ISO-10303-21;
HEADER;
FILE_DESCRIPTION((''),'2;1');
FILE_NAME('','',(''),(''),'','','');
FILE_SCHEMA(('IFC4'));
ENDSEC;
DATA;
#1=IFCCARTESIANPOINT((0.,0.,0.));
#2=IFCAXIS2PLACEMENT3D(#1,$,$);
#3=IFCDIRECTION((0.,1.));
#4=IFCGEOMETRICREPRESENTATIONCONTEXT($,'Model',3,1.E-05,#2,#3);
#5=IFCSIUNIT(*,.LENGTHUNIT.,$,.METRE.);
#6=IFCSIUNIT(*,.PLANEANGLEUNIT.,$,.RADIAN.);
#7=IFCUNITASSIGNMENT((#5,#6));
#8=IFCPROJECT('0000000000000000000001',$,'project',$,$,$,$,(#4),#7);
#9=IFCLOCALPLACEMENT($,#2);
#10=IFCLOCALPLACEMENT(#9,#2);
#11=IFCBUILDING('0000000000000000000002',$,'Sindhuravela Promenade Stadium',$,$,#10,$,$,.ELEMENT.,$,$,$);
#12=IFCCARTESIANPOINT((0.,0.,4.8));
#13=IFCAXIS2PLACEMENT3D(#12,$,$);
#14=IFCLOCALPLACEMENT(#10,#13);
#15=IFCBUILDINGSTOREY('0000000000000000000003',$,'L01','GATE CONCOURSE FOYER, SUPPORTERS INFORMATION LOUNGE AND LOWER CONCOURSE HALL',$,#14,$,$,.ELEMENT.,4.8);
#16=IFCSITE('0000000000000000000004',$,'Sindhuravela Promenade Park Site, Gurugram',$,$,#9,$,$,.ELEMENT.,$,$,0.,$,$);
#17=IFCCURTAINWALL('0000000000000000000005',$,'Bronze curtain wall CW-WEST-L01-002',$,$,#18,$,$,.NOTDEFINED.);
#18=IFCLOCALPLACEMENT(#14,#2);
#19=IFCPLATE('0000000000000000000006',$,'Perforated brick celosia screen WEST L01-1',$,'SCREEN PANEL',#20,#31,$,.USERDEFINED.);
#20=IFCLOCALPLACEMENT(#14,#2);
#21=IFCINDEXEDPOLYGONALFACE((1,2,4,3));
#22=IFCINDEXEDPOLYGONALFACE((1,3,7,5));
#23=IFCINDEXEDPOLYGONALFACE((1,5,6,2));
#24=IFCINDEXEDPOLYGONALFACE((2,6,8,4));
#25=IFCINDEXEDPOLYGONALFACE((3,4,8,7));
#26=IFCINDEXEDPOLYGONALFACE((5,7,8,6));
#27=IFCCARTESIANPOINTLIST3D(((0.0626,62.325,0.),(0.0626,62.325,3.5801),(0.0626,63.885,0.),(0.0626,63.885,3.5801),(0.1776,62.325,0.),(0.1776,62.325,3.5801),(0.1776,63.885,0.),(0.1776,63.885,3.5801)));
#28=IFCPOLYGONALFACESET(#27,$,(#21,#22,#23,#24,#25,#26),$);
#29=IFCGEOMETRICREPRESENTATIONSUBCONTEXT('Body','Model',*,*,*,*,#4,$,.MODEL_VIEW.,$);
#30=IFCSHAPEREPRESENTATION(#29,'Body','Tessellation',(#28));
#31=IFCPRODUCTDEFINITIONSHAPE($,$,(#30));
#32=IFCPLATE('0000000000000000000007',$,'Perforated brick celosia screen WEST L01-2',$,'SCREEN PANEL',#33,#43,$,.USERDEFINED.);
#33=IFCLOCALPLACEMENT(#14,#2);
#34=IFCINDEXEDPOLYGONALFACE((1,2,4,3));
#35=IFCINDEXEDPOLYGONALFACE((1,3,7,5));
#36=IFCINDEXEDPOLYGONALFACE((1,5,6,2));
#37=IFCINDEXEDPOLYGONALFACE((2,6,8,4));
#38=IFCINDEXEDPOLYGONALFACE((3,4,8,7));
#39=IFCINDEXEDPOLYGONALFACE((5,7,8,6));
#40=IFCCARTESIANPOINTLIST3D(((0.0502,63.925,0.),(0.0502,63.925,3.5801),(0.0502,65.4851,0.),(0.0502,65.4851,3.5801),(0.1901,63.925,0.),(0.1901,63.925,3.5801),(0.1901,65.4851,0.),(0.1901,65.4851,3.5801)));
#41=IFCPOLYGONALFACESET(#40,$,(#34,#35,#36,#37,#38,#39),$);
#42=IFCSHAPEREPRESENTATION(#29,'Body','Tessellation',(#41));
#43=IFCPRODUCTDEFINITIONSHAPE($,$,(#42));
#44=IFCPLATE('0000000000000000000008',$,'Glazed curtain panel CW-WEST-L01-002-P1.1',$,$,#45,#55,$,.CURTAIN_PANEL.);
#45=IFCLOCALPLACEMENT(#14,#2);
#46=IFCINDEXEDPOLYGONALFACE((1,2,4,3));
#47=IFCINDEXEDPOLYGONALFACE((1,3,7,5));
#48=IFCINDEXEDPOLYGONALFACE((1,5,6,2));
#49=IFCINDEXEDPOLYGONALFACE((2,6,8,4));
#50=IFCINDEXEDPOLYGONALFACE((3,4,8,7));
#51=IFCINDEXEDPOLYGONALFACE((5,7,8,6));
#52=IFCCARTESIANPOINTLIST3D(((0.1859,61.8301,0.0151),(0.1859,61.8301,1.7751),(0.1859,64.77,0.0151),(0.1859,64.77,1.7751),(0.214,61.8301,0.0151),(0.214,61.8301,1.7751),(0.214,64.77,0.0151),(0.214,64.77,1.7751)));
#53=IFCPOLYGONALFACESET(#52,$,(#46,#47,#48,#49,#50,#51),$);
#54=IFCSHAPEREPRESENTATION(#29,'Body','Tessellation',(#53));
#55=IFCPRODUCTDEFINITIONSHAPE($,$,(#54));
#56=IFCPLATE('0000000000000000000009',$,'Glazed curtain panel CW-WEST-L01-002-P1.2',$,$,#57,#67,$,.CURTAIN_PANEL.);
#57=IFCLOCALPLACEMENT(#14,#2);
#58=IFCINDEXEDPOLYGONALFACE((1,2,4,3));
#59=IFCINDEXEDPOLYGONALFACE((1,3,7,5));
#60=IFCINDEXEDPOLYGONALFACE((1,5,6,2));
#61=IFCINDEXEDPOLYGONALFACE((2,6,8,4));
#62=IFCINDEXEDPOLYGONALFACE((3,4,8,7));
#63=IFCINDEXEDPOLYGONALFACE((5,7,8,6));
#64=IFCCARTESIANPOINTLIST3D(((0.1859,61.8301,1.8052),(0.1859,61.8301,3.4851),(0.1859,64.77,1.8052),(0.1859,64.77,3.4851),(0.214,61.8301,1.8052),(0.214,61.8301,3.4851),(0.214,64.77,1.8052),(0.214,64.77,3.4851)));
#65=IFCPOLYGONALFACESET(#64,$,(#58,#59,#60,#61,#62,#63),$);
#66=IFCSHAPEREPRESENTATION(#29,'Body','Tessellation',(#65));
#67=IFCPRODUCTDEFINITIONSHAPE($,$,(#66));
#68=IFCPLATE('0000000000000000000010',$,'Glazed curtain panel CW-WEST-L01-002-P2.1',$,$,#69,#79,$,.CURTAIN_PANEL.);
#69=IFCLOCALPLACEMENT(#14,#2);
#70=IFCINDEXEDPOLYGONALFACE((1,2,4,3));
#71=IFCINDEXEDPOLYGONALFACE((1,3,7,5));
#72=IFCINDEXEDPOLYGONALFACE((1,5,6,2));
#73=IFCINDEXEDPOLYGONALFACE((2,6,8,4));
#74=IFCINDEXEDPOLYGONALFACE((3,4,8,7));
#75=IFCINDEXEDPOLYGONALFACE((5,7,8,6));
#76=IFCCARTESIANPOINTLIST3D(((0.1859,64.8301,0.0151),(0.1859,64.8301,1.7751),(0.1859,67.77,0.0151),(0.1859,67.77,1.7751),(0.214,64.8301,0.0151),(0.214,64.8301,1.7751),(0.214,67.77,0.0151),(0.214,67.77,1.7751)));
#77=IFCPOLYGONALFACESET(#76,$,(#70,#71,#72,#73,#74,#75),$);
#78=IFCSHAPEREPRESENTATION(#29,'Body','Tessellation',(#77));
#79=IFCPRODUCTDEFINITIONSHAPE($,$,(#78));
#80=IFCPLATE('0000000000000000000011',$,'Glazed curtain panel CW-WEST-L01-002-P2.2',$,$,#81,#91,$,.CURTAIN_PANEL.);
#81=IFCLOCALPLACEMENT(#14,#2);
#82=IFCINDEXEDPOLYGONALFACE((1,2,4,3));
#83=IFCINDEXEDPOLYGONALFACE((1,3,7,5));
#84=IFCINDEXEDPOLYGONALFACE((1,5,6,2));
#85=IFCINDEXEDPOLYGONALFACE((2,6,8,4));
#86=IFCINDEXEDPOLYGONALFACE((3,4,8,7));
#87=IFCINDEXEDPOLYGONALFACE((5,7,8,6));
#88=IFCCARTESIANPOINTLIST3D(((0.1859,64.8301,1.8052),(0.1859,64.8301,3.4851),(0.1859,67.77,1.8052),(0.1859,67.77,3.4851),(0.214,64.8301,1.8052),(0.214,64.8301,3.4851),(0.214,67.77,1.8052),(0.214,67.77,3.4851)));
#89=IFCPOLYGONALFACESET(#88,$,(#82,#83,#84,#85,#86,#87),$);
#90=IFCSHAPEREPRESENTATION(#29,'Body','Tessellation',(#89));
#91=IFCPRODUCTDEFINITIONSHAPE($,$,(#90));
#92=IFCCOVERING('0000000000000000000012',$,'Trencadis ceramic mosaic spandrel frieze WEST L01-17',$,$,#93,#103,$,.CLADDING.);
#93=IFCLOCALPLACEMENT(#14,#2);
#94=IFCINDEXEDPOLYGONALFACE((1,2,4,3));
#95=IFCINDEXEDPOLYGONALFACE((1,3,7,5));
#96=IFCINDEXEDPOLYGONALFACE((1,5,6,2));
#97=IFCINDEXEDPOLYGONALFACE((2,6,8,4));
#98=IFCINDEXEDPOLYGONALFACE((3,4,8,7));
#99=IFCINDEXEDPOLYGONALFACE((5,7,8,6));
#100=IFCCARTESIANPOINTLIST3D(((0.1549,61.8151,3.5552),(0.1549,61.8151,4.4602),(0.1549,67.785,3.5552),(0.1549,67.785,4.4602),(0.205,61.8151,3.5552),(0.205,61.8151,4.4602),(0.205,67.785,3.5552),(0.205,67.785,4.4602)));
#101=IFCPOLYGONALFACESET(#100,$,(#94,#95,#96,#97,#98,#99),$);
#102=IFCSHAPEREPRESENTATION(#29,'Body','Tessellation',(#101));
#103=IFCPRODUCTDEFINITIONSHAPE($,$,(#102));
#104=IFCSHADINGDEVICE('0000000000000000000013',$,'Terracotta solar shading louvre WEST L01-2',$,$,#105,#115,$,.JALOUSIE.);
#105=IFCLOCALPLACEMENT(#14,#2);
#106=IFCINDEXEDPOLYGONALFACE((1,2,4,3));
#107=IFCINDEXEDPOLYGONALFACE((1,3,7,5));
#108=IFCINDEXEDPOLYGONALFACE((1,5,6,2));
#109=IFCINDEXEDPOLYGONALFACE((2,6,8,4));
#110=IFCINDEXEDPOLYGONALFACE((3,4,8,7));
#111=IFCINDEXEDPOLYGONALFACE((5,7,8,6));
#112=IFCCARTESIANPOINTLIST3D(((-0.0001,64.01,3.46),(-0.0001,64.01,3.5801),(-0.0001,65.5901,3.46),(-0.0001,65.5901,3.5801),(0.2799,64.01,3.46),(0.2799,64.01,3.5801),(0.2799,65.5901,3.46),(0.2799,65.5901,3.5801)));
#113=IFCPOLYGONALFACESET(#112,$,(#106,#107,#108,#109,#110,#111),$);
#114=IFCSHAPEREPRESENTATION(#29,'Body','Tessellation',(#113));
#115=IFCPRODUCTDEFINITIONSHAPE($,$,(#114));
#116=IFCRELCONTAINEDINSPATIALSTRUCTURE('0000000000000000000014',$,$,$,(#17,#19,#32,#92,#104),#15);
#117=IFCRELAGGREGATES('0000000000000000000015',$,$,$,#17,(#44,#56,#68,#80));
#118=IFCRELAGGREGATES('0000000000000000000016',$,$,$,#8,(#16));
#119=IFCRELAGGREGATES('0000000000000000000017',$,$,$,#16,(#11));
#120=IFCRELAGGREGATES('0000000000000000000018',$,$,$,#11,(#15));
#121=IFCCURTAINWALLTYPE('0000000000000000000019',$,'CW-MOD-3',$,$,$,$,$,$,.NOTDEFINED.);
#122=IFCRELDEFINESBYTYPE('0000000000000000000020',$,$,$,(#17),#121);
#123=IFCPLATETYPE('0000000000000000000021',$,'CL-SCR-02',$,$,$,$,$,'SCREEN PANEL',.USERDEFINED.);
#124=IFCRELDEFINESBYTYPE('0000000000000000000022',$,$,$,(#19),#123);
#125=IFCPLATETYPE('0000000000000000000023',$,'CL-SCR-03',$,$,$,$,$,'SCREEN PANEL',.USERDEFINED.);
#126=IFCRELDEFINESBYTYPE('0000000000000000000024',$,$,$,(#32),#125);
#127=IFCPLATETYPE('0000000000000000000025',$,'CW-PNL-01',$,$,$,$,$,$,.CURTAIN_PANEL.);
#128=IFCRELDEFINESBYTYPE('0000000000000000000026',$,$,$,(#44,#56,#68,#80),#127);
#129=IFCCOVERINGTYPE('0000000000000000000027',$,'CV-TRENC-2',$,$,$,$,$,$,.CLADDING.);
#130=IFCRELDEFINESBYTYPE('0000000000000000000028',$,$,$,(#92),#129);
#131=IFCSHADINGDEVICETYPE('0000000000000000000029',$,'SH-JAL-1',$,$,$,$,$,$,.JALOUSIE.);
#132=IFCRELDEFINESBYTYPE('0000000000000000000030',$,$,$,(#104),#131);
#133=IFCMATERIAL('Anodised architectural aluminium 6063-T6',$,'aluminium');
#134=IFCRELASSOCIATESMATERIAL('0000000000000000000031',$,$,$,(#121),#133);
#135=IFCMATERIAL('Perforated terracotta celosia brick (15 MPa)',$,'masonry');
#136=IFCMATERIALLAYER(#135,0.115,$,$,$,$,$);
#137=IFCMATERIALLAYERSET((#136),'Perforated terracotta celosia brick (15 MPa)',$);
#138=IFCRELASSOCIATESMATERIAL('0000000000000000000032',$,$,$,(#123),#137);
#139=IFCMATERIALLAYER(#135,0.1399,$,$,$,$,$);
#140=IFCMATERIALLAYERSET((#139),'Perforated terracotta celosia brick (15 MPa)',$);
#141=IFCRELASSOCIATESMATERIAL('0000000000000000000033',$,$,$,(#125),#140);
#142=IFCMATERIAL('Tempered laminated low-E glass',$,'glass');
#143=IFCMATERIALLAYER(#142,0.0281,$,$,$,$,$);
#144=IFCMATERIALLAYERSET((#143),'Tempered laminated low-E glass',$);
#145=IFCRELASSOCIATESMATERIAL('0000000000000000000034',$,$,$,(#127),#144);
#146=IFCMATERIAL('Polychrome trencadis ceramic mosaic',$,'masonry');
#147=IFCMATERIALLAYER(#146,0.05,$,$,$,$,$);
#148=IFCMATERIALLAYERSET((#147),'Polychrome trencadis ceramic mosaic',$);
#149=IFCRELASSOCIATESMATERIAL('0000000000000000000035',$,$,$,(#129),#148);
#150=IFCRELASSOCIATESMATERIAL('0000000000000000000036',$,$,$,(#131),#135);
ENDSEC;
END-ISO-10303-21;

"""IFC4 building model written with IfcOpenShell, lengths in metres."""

from ifc_helpers import new_model, si_unit, direction, frame, origin, origin_2d, place, context, subcontext, project, spatial, rectangle, extrude, material, layer, layer_set, type_object, element, aggregate, save


model = new_model("IFC4")

# Units and contexts
model_context = context("Model", 3, precision=1e-05, world=origin(), true_north=direction((0.0, 1.0)))
body_context = subcontext(model_context, "Body", "Model", "MODEL_VIEW")
ifc_project = project(units=[si_unit("LENGTHUNIT", "METRE"), si_unit("PLANEANGLEUNIT", "RADIAN")], contexts=[model_context])

# Site, building, storey
site_placement = place(None, origin())
site = spatial("IfcSite", under=ifc_project, at=site_placement, Name="Sindhuravela Promenade Park Site, Gurugram", CompositionType="ELEMENT", RefElevation=0.0)
building_placement = place(site_placement, origin())
building = spatial("IfcBuilding", under=site, at=building_placement, Name="Sindhuravela Promenade Stadium", CompositionType="ELEMENT")
storey_placement = place(building_placement, frame((0.0, 0.0, 4.8)))
storey = spatial("IfcBuildingStorey", under=building, at=storey_placement, Name="L01", Description="GATE CONCOURSE FOYER, SUPPORTERS INFORMATION LOUNGE AND LOWER CONCOURSE HALL", CompositionType="ELEMENT", Elevation=4.8)

# Curtain wall
ifc_material_1 = material(Name="Anodised architectural aluminium 6063-T6", Category="aluminium")
curtain_wall_type = type_object("IfcCurtainWallType", Name="CW-MOD-3", PredefinedType="NOTDEFINED", material=ifc_material_1)
curtain_wall_placement = place(storey_placement, origin())
curtain_wall = element("IfcCurtainWall", 1, at=curtain_wall_placement, inside=storey, type_object=curtain_wall_type, Name="Bronze curtain wall CW-WEST-L01-002", PredefinedType="NOTDEFINED")

# Plates
ifc_material_2 = material(Name="Perforated terracotta celosia brick (15 MPa)", Category="masonry")
ifc_layer_1 = layer(ifc_material_2, 0.115)
ifc_layer_set_1 = layer_set([ifc_layer_1], Name="Perforated terracotta celosia brick (15 MPa)")
plate_type_1 = type_object("IfcPlateType", Name="CL-SCR-02", ElementType="SCREEN PANEL", PredefinedType="USERDEFINED", material=ifc_layer_set_1)
plate_1_placement = place(storey_placement, frame((0.1201, 63.105, 0.0), z_axis=(0.0, 0.0, 1.0), x_axis=(0.0, 1.0, 0.0)))
element("IfcPlate", 2, at=plate_1_placement, inside=storey, type_object=plate_type_1, Name="Perforated brick celosia screen WEST L01-1", ObjectType="SCREEN PANEL", PredefinedType="USERDEFINED", context=body_context, shape_type="SweptSolid", body=[
    extrude(rectangle(XDim=1.5601, YDim=0.115, at=origin_2d()), origin(), (0.0, 0.0, 1.0), 3.5801),
])
ifc_layer_2 = layer(ifc_material_2, 0.1399)
ifc_layer_set_2 = layer_set([ifc_layer_2], Name="Perforated terracotta celosia brick (15 MPa)")
plate_type_2 = type_object("IfcPlateType", Name="CL-SCR-03", ElementType="SCREEN PANEL", PredefinedType="USERDEFINED", material=ifc_layer_set_2)
plate_2_placement = place(storey_placement, frame((0.1201, 64.7051, 0.0), z_axis=(0.0, 0.0, 1.0), x_axis=(0.0, 1.0, 0.0)))
element("IfcPlate", 3, at=plate_2_placement, inside=storey, type_object=plate_type_2, Name="Perforated brick celosia screen WEST L01-2", ObjectType="SCREEN PANEL", PredefinedType="USERDEFINED", context=body_context, shape_type="SweptSolid", body=[
    extrude(rectangle(XDim=1.5601, YDim=0.1399, at=origin_2d()), origin(), (0.0, 0.0, 1.0), 3.5801),
])

# Plates
ifc_material_3 = material(Name="Tempered laminated low-E glass", Category="glass")
ifc_layer_3 = layer(ifc_material_3, 0.0281)
ifc_layer_set_3 = layer_set([ifc_layer_3], Name="Tempered laminated low-E glass")
plate_type_3 = type_object("IfcPlateType", Name="CW-PNL-01", PredefinedType="CURTAIN_PANEL", material=ifc_layer_set_3)
plate_3_placement = place(storey_placement, frame((0.2, 63.3, 0.0151), z_axis=(0.0, 0.0, 1.0), x_axis=(0.0, 1.0, 0.0)))
plate_3 = element("IfcPlate", 4, at=plate_3_placement, type_object=plate_type_3, Name="Glazed curtain panel CW-WEST-L01-002-P1.1", PredefinedType="CURTAIN_PANEL", context=body_context, shape_type="SweptSolid", body=[
    extrude(rectangle(XDim=2.9399, YDim=0.0281, at=origin_2d()), origin(), (0.0, 0.0, 1.0), 1.76),
])
plate_4_placement = place(storey_placement, frame((0.2, 63.3, 1.8052), z_axis=(0.0, 0.0, 1.0), x_axis=(0.0, 1.0, 0.0)))
plate_4 = element("IfcPlate", 5, at=plate_4_placement, type_object=plate_type_3, Name="Glazed curtain panel CW-WEST-L01-002-P1.2", PredefinedType="CURTAIN_PANEL", context=body_context, shape_type="SweptSolid", body=[
    extrude(rectangle(XDim=2.9399, YDim=0.0281, at=origin_2d()), origin(), (0.0, 0.0, 1.0), 1.6799),
])
plate_5_placement = place(storey_placement, frame((0.2, 66.3, 0.0151), z_axis=(0.0, 0.0, 1.0), x_axis=(0.0, 1.0, 0.0)))
plate_5 = element("IfcPlate", 6, at=plate_5_placement, type_object=plate_type_3, Name="Glazed curtain panel CW-WEST-L01-002-P2.1", PredefinedType="CURTAIN_PANEL", context=body_context, shape_type="SweptSolid", body=[
    extrude(rectangle(XDim=2.9399, YDim=0.0281, at=origin_2d()), origin(), (0.0, 0.0, 1.0), 1.76),
])
plate_6_placement = place(storey_placement, frame((0.2, 66.3, 1.8052), z_axis=(0.0, 0.0, 1.0), x_axis=(0.0, 1.0, 0.0)))
plate_6 = element("IfcPlate", 7, at=plate_6_placement, type_object=plate_type_3, Name="Glazed curtain panel CW-WEST-L01-002-P2.2", PredefinedType="CURTAIN_PANEL", context=body_context, shape_type="SweptSolid", body=[
    extrude(rectangle(XDim=2.9399, YDim=0.0281, at=origin_2d()), origin(), (0.0, 0.0, 1.0), 1.6799),
])
aggregate(curtain_wall, [plate_3, plate_4, plate_5, plate_6])

# Covering
ifc_material_4 = material(Name="Polychrome trencadis ceramic mosaic", Category="masonry")
ifc_layer_4 = layer(ifc_material_4, 0.05)
ifc_layer_set_4 = layer_set([ifc_layer_4], Name="Polychrome trencadis ceramic mosaic")
covering_type = type_object("IfcCoveringType", Name="CV-TRENC-2", PredefinedType="CLADDING", material=ifc_layer_set_4)
covering_placement = place(storey_placement, frame((0.1799, 64.8, 3.5552), z_axis=(0.0, 0.0, 1.0), x_axis=(0.0, 1.0, 0.0)))
element("IfcCovering", 8, at=covering_placement, inside=storey, type_object=covering_type, Name="Trencadis ceramic mosaic spandrel frieze WEST L01-17", PredefinedType="CLADDING", context=body_context, shape_type="SweptSolid", body=[
    extrude(rectangle(XDim=5.97, YDim=0.05, at=origin_2d()), origin(), (0.0, 0.0, 1.0), 0.905),
])

# Shading device
shading_device_type = type_object("IfcShadingDeviceType", Name="SH-JAL-1", PredefinedType="JALOUSIE", material=ifc_material_2)
shading_device_placement = place(storey_placement, frame((0.1399, 64.8, 3.46), z_axis=(0.0, 0.0, 1.0), x_axis=(0.0, 1.0, 0.0)))
element("IfcShadingDevice", 9, at=shading_device_placement, inside=storey, type_object=shading_device_type, Name="Terracotta solar shading louvre WEST L01-2", PredefinedType="JALOUSIE", context=body_context, shape_type="SweptSolid", body=[
    extrude(rectangle(XDim=1.5801, YDim=0.28, at=origin_2d()), origin(), (0.0, 0.0, 1.0), 0.1201),
])

save(model, "model.ifc")
